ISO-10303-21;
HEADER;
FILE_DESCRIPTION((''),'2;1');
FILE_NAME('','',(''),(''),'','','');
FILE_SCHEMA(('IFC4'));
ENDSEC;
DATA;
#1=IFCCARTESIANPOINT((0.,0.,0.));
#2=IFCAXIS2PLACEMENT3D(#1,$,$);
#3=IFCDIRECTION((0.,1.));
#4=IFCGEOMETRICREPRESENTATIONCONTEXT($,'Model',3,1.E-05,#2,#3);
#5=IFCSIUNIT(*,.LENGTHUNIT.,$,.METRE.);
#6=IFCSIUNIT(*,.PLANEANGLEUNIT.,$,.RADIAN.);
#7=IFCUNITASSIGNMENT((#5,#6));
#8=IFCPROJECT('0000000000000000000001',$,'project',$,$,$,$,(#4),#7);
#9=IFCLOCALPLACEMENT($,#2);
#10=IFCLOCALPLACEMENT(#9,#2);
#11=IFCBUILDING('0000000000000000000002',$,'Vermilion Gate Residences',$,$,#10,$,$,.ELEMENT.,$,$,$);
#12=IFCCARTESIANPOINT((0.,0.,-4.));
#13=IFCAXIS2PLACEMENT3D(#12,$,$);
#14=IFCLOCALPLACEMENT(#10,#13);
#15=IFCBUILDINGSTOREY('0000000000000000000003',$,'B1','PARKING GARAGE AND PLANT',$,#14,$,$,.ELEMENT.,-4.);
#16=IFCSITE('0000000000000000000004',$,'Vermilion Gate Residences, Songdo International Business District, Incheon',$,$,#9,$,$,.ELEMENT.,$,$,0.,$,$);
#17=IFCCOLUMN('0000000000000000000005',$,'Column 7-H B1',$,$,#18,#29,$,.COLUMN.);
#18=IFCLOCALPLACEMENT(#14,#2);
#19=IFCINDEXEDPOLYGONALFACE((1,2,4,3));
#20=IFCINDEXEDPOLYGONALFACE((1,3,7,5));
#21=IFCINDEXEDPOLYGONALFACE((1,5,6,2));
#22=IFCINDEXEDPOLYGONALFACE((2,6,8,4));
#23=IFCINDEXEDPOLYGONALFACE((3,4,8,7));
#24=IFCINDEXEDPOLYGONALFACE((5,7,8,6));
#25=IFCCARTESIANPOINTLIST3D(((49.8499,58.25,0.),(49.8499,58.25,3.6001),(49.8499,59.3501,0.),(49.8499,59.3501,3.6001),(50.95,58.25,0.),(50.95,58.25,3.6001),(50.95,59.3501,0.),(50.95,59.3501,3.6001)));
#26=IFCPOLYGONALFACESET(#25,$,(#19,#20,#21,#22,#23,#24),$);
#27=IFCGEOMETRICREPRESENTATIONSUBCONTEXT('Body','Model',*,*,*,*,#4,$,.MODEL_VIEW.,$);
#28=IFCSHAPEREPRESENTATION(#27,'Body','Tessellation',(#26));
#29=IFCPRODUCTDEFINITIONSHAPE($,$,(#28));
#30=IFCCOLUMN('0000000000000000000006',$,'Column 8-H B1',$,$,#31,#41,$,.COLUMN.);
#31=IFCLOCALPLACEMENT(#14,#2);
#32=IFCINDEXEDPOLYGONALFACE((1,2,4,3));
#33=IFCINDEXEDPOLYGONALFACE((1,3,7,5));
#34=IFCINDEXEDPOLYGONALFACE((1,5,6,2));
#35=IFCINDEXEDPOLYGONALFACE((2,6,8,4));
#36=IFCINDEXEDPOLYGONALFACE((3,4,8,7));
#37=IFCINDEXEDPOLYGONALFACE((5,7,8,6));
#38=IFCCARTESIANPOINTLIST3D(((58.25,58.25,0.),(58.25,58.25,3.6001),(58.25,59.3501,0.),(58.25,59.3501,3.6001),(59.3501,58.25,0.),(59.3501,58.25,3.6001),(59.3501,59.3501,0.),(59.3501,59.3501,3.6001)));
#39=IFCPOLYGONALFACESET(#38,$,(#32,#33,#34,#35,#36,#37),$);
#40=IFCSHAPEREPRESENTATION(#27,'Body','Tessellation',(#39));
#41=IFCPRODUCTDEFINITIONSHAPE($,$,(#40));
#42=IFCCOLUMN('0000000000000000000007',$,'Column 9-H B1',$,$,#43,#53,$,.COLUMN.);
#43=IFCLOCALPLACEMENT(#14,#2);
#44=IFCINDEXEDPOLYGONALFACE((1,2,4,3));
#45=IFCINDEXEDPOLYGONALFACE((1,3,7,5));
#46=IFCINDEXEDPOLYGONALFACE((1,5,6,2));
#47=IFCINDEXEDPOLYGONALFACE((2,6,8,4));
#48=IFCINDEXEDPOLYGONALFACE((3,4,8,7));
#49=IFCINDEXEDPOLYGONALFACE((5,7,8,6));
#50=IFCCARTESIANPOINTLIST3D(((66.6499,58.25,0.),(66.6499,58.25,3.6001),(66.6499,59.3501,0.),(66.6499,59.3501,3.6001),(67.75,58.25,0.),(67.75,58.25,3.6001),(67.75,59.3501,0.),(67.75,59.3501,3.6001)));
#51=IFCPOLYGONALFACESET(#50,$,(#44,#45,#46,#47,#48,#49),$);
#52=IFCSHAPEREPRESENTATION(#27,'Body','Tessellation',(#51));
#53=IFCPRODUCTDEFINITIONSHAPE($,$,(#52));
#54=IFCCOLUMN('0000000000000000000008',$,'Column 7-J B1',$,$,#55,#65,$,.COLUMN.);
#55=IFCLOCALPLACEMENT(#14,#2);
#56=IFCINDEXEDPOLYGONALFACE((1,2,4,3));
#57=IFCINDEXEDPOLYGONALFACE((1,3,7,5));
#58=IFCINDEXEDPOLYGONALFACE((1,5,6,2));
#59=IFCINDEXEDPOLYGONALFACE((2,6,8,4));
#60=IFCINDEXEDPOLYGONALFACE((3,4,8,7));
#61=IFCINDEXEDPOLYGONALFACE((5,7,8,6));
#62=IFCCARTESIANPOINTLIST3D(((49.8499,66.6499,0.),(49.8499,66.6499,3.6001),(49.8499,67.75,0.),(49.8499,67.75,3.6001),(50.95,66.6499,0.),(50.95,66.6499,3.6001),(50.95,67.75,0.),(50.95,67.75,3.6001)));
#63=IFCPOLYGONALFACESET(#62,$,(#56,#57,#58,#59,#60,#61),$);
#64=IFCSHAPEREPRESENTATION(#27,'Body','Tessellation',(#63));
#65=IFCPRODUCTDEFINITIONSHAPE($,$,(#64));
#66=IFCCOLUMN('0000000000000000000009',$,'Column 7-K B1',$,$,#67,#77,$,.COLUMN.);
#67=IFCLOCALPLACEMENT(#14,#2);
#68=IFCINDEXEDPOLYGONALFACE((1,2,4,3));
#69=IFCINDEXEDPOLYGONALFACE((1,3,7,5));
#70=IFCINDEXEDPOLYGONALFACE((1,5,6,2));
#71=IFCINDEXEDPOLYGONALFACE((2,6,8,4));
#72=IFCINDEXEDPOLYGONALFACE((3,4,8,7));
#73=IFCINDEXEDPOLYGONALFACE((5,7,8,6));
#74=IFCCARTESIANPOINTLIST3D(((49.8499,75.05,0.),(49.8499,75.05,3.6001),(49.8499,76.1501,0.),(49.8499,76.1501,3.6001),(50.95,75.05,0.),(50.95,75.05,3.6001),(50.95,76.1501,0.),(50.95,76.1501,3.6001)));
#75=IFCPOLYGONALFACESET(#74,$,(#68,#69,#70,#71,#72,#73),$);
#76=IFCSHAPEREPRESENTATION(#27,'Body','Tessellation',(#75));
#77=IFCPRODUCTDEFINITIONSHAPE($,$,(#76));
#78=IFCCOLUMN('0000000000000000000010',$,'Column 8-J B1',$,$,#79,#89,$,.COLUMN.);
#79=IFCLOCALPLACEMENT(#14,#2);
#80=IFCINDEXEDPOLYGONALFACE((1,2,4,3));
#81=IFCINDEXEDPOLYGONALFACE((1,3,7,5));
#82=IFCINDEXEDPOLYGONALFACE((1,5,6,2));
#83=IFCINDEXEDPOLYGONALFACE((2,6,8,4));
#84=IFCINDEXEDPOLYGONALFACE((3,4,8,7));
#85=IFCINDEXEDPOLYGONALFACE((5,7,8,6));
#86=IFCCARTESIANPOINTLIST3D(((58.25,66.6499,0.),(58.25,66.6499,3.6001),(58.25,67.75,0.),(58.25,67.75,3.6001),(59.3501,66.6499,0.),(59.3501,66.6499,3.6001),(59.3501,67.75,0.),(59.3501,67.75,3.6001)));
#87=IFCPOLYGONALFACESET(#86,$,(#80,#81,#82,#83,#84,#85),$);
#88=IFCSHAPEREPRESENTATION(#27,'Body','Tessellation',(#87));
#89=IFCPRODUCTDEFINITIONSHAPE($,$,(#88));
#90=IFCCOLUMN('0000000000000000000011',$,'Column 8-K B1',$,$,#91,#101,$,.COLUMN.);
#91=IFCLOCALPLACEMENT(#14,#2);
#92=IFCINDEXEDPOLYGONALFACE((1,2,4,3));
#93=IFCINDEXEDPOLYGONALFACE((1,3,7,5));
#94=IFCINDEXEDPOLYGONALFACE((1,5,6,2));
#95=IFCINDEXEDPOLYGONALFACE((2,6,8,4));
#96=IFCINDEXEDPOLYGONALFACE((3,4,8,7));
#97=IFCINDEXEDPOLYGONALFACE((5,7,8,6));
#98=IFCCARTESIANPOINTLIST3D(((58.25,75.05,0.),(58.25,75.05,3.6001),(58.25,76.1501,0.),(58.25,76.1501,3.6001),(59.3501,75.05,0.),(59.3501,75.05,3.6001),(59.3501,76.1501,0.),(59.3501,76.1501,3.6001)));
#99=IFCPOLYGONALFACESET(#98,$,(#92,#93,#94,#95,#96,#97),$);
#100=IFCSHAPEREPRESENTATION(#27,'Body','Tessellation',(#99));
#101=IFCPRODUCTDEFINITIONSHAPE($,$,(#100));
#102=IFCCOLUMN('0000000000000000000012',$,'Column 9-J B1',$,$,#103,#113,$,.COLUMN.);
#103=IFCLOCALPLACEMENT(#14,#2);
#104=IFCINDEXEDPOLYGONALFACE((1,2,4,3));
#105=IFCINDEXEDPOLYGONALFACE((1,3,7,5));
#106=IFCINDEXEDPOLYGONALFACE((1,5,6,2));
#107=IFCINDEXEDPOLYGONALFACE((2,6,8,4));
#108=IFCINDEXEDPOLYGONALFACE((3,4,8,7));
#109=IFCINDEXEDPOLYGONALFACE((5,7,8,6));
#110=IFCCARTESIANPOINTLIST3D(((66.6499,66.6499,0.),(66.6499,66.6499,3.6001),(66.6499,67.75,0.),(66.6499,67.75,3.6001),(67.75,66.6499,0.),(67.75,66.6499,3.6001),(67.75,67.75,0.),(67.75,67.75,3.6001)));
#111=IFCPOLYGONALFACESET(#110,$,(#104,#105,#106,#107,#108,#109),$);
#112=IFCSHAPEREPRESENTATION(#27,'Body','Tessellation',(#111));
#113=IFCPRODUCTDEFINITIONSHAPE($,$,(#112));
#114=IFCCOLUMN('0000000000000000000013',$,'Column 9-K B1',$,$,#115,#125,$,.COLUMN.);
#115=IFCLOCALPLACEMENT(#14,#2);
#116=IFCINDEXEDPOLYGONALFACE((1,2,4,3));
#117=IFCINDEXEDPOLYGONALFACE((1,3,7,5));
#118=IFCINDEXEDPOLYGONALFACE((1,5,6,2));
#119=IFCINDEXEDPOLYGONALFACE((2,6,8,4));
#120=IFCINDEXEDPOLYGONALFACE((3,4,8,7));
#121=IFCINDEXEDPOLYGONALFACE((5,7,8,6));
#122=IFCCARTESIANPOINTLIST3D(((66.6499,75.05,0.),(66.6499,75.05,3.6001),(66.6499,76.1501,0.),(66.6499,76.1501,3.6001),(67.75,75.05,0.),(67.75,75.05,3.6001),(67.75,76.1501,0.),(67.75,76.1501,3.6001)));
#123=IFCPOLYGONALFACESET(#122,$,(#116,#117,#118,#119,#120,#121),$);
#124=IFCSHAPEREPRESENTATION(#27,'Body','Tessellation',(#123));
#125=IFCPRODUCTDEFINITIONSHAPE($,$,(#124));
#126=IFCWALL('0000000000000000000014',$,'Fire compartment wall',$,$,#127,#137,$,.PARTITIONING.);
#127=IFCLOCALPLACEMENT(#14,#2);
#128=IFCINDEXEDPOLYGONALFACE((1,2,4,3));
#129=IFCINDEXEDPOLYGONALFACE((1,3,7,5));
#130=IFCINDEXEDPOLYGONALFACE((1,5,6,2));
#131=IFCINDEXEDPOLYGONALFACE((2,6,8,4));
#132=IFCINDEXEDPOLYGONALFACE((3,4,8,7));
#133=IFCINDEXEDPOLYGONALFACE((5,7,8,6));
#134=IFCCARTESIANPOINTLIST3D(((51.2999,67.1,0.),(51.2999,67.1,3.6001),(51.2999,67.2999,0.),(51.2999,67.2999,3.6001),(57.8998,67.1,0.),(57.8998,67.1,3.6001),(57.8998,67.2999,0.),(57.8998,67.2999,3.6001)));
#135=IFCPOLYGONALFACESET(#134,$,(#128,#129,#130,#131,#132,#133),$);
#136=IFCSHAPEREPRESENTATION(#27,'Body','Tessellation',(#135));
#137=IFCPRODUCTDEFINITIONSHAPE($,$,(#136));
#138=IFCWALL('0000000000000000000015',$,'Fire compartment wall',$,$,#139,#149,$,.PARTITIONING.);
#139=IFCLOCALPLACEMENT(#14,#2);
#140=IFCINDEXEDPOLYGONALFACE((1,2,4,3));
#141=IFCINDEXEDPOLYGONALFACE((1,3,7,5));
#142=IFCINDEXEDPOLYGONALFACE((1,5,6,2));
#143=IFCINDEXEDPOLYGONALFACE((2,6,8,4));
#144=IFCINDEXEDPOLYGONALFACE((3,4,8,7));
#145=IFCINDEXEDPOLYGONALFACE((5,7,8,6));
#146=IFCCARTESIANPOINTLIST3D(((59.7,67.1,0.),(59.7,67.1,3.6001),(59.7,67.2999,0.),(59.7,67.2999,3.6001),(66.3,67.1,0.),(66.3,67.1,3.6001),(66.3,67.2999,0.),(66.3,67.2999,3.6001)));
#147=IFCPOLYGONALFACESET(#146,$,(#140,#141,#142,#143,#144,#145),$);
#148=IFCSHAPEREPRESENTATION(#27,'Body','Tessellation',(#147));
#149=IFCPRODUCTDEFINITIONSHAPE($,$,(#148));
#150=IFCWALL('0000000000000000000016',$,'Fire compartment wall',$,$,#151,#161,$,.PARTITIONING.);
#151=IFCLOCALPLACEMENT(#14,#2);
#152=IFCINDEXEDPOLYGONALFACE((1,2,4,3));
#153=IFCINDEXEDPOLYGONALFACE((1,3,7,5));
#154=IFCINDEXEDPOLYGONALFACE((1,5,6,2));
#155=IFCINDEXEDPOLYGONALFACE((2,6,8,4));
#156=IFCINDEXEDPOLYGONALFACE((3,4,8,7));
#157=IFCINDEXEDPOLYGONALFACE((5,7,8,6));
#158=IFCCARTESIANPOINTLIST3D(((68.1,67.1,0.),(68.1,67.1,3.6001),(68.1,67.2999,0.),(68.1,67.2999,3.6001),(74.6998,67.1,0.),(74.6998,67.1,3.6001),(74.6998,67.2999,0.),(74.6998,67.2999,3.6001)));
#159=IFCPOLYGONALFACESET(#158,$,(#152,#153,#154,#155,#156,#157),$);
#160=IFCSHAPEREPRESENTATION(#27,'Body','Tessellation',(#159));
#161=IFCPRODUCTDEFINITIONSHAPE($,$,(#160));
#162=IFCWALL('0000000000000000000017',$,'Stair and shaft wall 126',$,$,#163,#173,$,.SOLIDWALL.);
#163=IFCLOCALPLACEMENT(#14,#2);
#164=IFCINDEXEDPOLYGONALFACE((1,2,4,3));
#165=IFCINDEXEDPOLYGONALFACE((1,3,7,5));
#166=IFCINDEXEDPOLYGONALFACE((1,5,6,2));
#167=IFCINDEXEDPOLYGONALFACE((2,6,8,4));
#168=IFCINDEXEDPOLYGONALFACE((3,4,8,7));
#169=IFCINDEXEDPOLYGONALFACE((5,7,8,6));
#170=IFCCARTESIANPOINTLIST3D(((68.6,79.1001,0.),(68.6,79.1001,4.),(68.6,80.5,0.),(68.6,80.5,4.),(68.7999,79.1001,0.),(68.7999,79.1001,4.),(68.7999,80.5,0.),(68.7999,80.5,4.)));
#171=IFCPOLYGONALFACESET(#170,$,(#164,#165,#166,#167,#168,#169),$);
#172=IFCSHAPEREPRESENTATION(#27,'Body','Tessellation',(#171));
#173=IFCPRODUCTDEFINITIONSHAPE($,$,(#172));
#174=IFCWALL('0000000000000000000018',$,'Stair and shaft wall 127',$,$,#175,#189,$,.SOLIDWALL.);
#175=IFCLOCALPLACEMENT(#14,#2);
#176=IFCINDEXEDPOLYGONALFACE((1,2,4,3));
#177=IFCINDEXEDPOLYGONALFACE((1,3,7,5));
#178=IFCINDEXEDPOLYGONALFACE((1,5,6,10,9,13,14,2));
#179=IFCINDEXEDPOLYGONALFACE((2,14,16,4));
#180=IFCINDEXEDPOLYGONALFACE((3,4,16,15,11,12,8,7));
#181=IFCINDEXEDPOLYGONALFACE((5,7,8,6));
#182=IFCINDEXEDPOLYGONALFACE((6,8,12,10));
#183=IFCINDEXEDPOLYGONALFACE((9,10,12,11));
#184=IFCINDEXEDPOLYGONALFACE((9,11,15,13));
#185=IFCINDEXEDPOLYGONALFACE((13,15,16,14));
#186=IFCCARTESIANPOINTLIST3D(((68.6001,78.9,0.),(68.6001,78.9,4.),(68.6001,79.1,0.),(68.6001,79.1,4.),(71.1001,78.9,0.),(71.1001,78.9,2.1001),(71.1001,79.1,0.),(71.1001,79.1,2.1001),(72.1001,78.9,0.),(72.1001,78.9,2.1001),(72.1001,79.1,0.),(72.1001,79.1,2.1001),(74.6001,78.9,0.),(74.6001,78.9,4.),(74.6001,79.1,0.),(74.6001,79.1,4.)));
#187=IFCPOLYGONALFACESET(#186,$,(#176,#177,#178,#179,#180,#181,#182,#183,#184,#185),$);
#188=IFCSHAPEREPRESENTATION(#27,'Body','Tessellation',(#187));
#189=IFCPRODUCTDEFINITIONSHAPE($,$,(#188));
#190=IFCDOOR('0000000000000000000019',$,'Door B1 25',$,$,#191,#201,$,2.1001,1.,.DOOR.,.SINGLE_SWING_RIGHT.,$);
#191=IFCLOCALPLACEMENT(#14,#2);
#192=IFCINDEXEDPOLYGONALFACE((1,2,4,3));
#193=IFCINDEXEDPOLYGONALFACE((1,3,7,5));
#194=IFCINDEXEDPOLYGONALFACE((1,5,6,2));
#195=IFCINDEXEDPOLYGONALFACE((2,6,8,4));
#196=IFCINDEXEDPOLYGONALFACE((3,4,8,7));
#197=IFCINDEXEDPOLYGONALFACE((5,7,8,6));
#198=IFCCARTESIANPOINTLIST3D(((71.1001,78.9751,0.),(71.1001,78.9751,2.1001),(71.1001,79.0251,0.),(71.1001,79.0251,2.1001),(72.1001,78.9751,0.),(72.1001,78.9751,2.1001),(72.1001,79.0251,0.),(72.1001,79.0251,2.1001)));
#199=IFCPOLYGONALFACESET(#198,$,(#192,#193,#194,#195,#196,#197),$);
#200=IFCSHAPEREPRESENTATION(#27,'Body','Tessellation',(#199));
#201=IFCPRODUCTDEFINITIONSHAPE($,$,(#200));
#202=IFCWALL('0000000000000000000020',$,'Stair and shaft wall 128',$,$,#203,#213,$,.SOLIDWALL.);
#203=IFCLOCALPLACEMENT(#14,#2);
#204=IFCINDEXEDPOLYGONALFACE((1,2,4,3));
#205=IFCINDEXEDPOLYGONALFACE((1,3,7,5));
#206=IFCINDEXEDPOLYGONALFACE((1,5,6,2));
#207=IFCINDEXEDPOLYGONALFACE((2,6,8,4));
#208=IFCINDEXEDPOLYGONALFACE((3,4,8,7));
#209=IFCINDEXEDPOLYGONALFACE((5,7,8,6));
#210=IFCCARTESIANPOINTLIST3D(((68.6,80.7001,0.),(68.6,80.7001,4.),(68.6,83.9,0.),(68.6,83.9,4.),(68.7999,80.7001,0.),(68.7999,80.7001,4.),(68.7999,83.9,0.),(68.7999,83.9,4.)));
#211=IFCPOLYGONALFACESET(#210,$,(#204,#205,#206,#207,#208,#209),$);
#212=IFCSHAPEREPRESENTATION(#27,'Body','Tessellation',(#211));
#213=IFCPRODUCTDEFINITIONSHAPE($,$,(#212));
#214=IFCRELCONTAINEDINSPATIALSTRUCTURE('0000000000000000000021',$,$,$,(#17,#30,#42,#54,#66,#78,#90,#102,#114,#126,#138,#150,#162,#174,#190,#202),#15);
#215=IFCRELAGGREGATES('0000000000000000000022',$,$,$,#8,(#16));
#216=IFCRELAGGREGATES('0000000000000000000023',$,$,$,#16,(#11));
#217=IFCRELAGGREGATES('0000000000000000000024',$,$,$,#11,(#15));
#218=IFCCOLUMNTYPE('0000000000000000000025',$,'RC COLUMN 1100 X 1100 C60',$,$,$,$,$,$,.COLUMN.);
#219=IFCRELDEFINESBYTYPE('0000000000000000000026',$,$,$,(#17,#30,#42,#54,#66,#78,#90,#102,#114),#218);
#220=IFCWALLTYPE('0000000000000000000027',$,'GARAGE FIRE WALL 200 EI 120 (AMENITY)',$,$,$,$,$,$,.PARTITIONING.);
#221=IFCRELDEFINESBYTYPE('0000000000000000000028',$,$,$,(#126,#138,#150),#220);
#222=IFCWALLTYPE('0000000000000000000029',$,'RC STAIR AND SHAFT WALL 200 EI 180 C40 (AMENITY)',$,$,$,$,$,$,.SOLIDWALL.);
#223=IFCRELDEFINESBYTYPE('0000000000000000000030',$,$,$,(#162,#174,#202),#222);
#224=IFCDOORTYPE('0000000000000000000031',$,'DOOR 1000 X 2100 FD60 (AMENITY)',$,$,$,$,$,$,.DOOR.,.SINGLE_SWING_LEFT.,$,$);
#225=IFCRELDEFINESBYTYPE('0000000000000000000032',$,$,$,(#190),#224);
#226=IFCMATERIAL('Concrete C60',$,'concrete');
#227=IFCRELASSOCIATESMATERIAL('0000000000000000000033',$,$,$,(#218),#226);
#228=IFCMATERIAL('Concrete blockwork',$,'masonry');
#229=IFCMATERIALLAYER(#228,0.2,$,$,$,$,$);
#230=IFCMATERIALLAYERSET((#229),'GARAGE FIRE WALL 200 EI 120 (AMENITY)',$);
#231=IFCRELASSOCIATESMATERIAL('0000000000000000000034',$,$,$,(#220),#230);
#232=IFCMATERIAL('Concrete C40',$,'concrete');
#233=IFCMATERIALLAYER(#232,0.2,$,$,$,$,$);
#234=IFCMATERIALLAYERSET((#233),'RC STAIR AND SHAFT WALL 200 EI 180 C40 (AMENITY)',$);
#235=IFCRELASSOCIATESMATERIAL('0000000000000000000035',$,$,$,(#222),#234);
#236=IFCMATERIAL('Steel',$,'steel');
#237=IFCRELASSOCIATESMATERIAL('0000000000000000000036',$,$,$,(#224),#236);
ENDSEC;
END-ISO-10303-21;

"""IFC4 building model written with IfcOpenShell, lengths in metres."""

from ifc_helpers import new_model, si_unit, direction, frame, frame_2d, origin, origin_2d, place, context, subcontext, project, spatial, rectangle, extrude, material, layer, layer_set, material_profile, profile_set, type_object, element, fill, save


model = new_model("IFC4")

# Units and contexts
model_context = context("Model", 3, precision=1e-05, world=origin(), true_north=direction((0.0, 1.0)))
body_context = subcontext(model_context, "Body", "Model", "MODEL_VIEW")
ifc_project = project(units=[si_unit("LENGTHUNIT", "METRE"), si_unit("PLANEANGLEUNIT", "RADIAN")], contexts=[model_context])

# Site, building, storey
site_placement = place(None, origin())
site = spatial("IfcSite", under=ifc_project, at=site_placement, Name="Vermilion Gate Residences, Songdo International Business District, Incheon", CompositionType="ELEMENT", RefElevation=0.0)
building_placement = place(site_placement, origin())
building = spatial("IfcBuilding", under=site, at=building_placement, Name="Vermilion Gate Residences", CompositionType="ELEMENT")
storey_placement = place(building_placement, frame((0.0, 0.0, -4.0)))
storey = spatial("IfcBuildingStorey", under=building, at=storey_placement, Name="B1", Description="PARKING GARAGE AND PLANT", CompositionType="ELEMENT", Elevation=-4.0)

# Columns
ifc_material_1 = material(Name="Concrete C60", Category="concrete")
ifc_material_profile = material_profile(ifc_material_1, rectangle(XDim=1.1001, YDim=1.1001, at=origin_2d()), Name="RC-1100x1100")
ifc_profile_set = profile_set([ifc_material_profile], Name="Concrete C60")
column_type = type_object("IfcColumnType", Name="RC COLUMN 1100 X 1100 C60", PredefinedType="COLUMN", material=ifc_profile_set)
for number, where, z_axis, x_axis, name in (
    (1, (50.3999, 58.8, 0.0), (0.0, 0.0, 1.0), (1.0, 0.0, 0.0), "Column 7-H B1"),
    (2, (58.8, 58.8, 0.0), (0.0, 0.0, 1.0), (1.0, 0.0, 0.0), "Column 8-H B1"),
    (3, (67.2, 58.8, 0.0), (0.0, 0.0, 1.0), (1.0, 0.0, 0.0), "Column 9-H B1"),
    (4, (50.3999, 67.2, 0.0), (0.0, 0.0, 1.0), (1.0, 0.0, 0.0), "Column 7-J B1"),
    (5, (50.3999, 75.6001, 0.0), (0.0, 0.0, 1.0), (1.0, 0.0, 0.0), "Column 7-K B1"),
    (6, (58.8, 67.2, 0.0), (0.0, 0.0, 1.0), (1.0, 0.0, 0.0), "Column 8-J B1"),
    (7, (58.8, 75.6001, 0.0), (0.0, 0.0, 1.0), (1.0, 0.0, 0.0), "Column 8-K B1"),
    (8, (67.2, 67.2, 0.0), (0.0, 0.0, 1.0), (1.0, 0.0, 0.0), "Column 9-J B1"),
    (9, (67.2, 75.6001, 0.0), (0.0, 0.0, 1.0), (1.0, 0.0, 0.0), "Column 9-K B1"),
):
    element("IfcColumn", number, at=place(storey_placement, frame(where, z_axis=z_axis, x_axis=x_axis)), inside=storey, type_object=column_type, Name=name, PredefinedType="COLUMN", context=body_context, shape_type="SweptSolid", body=[
        extrude(rectangle(XDim=1.1001, YDim=1.1001, at=origin_2d()), origin(), (0.0, 0.0, 1.0), 3.6001),
    ])

# Walls
ifc_material_2 = material(Name="Concrete blockwork", Category="masonry")
ifc_layer_1 = layer(ifc_material_2, 0.2)
ifc_layer_set_1 = layer_set([ifc_layer_1], Name="GARAGE FIRE WALL 200 EI 120 (AMENITY)")
wall_type_1 = type_object("IfcWallType", Name="GARAGE FIRE WALL 200 EI 120 (AMENITY)", PredefinedType="PARTITIONING", material=ifc_layer_set_1)
wall_1_placement = place(storey_placement, frame((51.3, 67.2, 0.0), z_axis=(0.0, 0.0, 1.0), x_axis=(1.0, 0.0, 0.0)))
element("IfcWall", 10, at=wall_1_placement, inside=storey, type_object=wall_type_1, Name="Fire compartment wall", PredefinedType="PARTITIONING", context=body_context, shape_type="SweptSolid", body=[
    extrude(rectangle(XDim=6.5999, YDim=0.2, at=frame_2d((3.2998, 0.0))), origin(), (0.0, 0.0, 1.0), 3.6001),
])
wall_2_placement = place(storey_placement, frame((59.7, 67.2, 0.0), z_axis=(0.0, 0.0, 1.0), x_axis=(1.0, 0.0, 0.0)))
element("IfcWall", 11, at=wall_2_placement, inside=storey, type_object=wall_type_1, Name="Fire compartment wall", PredefinedType="PARTITIONING", context=body_context, shape_type="SweptSolid", body=[
    extrude(rectangle(XDim=6.6001, YDim=0.2, at=frame_2d((3.3, 0.0))), origin(), (0.0, 0.0, 1.0), 3.6001),
])
wall_3_placement = place(storey_placement, frame((68.1001, 67.2, 0.0), z_axis=(0.0, 0.0, 1.0), x_axis=(1.0, 0.0, 0.0)))
element("IfcWall", 12, at=wall_3_placement, inside=storey, type_object=wall_type_1, Name="Fire compartment wall", PredefinedType="PARTITIONING", context=body_context, shape_type="SweptSolid", body=[
    extrude(rectangle(XDim=6.5999, YDim=0.2, at=frame_2d((3.2998, 0.0))), origin(), (0.0, 0.0, 1.0), 3.6001),
])
ifc_material_3 = material(Name="Concrete C40", Category="concrete")
ifc_layer_2 = layer(ifc_material_3, 0.2)
ifc_layer_set_2 = layer_set([ifc_layer_2], Name="RC STAIR AND SHAFT WALL 200 EI 180 C40 (AMENITY)")
wall_type_2 = type_object("IfcWallType", Name="RC STAIR AND SHAFT WALL 200 EI 180 C40 (AMENITY)", PredefinedType="SOLIDWALL", material=ifc_layer_set_2)
wall_4_placement = place(storey_placement, frame((68.7, 79.1001, 0.0), z_axis=(0.0, 0.0, 1.0), x_axis=(0.0, 1.0, 0.0)))
element("IfcWall", 13, at=wall_4_placement, inside=storey, type_object=wall_type_2, Name="Stair and shaft wall 126", PredefinedType="SOLIDWALL", context=body_context, shape_type="SweptSolid", body=[
    extrude(rectangle(XDim=1.3999, YDim=0.2, at=frame_2d((0.7, 0.0))), origin(), (0.0, 0.0, 1.0), 4.0),
])

# Wall, opening, door
wall_5_placement = place(storey_placement, frame((68.6001, 79.0, 0.0), z_axis=(0.0, 0.0, 1.0), x_axis=(1.0, 0.0, 0.0)))
wall_5 = element("IfcWall", 14, at=wall_5_placement, inside=storey, type_object=wall_type_2, Name="Stair and shaft wall 127", PredefinedType="SOLIDWALL", context=body_context, shape_type="SweptSolid", body=[
    extrude(rectangle(XDim=6.0, YDim=0.2, at=frame_2d((3.0, 0.0))), origin(), (0.0, 0.0, 1.0), 4.0),
])
opening_1_placement = place(wall_5_placement, frame((2.5, 0.0, 0.0)))
opening_1 = element("IfcOpeningElement", 15, at=opening_1_placement, cuts=wall_5, PredefinedType="OPENING", context=body_context, shape_type="SweptSolid", body=[
    extrude(rectangle(XDim=1.0, YDim=2.1001, at=frame_2d((0.5, 1.05))), frame((0.0, 0.1099, 0.0), z_axis=(0.0, -1.0, 0.0), x_axis=(1.0, 0.0, 0.0)), (0.0, 0.0, 1.0), 0.22),
])
ifc_material_4 = material(Name="Steel", Category="steel")
door_type = type_object("IfcDoorType", Name="DOOR 1000 X 2100 FD60 (AMENITY)", OperationType="SINGLE_SWING_LEFT", PredefinedType="DOOR", material=ifc_material_4)
door_1_placement = place(opening_1_placement, frame((1.0, 0.0, 0.0), z_axis=(0.0, 0.0, 1.0), x_axis=(-1.0, 0.0, 0.0)))
door_1 = element("IfcDoor", 16, at=door_1_placement, inside=storey, type_object=door_type, Name="Door B1 25", OperationType="SINGLE_SWING_RIGHT", OverallHeight=2.1001, OverallWidth=1.0, PredefinedType="DOOR", context=body_context, shape_type="SweptSolid", body=[
    extrude(rectangle(XDim=1.0, YDim=2.1001, at=frame_2d((0.5, 1.05))), frame((0.0, 0.0249, 0.0), z_axis=(0.0, -1.0, 0.0), x_axis=(1.0, 0.0, 0.0)), (0.0, 0.0, 1.0), 0.05),
])
fill(opening_1, door_1)

# Wall
wall_6_placement = place(storey_placement, frame((68.7, 80.7, 0.0), z_axis=(0.0, 0.0, 1.0), x_axis=(0.0, 1.0, 0.0)))
element("IfcWall", 17, at=wall_6_placement, inside=storey, type_object=wall_type_2, Name="Stair and shaft wall 128", PredefinedType="SOLIDWALL", context=body_context, shape_type="SweptSolid", body=[
    extrude(rectangle(XDim=3.2, YDim=0.2, at=frame_2d((1.6001, 0.0))), origin(), (0.0, 0.0, 1.0), 4.0),
])

save(model, "model.ifc")
